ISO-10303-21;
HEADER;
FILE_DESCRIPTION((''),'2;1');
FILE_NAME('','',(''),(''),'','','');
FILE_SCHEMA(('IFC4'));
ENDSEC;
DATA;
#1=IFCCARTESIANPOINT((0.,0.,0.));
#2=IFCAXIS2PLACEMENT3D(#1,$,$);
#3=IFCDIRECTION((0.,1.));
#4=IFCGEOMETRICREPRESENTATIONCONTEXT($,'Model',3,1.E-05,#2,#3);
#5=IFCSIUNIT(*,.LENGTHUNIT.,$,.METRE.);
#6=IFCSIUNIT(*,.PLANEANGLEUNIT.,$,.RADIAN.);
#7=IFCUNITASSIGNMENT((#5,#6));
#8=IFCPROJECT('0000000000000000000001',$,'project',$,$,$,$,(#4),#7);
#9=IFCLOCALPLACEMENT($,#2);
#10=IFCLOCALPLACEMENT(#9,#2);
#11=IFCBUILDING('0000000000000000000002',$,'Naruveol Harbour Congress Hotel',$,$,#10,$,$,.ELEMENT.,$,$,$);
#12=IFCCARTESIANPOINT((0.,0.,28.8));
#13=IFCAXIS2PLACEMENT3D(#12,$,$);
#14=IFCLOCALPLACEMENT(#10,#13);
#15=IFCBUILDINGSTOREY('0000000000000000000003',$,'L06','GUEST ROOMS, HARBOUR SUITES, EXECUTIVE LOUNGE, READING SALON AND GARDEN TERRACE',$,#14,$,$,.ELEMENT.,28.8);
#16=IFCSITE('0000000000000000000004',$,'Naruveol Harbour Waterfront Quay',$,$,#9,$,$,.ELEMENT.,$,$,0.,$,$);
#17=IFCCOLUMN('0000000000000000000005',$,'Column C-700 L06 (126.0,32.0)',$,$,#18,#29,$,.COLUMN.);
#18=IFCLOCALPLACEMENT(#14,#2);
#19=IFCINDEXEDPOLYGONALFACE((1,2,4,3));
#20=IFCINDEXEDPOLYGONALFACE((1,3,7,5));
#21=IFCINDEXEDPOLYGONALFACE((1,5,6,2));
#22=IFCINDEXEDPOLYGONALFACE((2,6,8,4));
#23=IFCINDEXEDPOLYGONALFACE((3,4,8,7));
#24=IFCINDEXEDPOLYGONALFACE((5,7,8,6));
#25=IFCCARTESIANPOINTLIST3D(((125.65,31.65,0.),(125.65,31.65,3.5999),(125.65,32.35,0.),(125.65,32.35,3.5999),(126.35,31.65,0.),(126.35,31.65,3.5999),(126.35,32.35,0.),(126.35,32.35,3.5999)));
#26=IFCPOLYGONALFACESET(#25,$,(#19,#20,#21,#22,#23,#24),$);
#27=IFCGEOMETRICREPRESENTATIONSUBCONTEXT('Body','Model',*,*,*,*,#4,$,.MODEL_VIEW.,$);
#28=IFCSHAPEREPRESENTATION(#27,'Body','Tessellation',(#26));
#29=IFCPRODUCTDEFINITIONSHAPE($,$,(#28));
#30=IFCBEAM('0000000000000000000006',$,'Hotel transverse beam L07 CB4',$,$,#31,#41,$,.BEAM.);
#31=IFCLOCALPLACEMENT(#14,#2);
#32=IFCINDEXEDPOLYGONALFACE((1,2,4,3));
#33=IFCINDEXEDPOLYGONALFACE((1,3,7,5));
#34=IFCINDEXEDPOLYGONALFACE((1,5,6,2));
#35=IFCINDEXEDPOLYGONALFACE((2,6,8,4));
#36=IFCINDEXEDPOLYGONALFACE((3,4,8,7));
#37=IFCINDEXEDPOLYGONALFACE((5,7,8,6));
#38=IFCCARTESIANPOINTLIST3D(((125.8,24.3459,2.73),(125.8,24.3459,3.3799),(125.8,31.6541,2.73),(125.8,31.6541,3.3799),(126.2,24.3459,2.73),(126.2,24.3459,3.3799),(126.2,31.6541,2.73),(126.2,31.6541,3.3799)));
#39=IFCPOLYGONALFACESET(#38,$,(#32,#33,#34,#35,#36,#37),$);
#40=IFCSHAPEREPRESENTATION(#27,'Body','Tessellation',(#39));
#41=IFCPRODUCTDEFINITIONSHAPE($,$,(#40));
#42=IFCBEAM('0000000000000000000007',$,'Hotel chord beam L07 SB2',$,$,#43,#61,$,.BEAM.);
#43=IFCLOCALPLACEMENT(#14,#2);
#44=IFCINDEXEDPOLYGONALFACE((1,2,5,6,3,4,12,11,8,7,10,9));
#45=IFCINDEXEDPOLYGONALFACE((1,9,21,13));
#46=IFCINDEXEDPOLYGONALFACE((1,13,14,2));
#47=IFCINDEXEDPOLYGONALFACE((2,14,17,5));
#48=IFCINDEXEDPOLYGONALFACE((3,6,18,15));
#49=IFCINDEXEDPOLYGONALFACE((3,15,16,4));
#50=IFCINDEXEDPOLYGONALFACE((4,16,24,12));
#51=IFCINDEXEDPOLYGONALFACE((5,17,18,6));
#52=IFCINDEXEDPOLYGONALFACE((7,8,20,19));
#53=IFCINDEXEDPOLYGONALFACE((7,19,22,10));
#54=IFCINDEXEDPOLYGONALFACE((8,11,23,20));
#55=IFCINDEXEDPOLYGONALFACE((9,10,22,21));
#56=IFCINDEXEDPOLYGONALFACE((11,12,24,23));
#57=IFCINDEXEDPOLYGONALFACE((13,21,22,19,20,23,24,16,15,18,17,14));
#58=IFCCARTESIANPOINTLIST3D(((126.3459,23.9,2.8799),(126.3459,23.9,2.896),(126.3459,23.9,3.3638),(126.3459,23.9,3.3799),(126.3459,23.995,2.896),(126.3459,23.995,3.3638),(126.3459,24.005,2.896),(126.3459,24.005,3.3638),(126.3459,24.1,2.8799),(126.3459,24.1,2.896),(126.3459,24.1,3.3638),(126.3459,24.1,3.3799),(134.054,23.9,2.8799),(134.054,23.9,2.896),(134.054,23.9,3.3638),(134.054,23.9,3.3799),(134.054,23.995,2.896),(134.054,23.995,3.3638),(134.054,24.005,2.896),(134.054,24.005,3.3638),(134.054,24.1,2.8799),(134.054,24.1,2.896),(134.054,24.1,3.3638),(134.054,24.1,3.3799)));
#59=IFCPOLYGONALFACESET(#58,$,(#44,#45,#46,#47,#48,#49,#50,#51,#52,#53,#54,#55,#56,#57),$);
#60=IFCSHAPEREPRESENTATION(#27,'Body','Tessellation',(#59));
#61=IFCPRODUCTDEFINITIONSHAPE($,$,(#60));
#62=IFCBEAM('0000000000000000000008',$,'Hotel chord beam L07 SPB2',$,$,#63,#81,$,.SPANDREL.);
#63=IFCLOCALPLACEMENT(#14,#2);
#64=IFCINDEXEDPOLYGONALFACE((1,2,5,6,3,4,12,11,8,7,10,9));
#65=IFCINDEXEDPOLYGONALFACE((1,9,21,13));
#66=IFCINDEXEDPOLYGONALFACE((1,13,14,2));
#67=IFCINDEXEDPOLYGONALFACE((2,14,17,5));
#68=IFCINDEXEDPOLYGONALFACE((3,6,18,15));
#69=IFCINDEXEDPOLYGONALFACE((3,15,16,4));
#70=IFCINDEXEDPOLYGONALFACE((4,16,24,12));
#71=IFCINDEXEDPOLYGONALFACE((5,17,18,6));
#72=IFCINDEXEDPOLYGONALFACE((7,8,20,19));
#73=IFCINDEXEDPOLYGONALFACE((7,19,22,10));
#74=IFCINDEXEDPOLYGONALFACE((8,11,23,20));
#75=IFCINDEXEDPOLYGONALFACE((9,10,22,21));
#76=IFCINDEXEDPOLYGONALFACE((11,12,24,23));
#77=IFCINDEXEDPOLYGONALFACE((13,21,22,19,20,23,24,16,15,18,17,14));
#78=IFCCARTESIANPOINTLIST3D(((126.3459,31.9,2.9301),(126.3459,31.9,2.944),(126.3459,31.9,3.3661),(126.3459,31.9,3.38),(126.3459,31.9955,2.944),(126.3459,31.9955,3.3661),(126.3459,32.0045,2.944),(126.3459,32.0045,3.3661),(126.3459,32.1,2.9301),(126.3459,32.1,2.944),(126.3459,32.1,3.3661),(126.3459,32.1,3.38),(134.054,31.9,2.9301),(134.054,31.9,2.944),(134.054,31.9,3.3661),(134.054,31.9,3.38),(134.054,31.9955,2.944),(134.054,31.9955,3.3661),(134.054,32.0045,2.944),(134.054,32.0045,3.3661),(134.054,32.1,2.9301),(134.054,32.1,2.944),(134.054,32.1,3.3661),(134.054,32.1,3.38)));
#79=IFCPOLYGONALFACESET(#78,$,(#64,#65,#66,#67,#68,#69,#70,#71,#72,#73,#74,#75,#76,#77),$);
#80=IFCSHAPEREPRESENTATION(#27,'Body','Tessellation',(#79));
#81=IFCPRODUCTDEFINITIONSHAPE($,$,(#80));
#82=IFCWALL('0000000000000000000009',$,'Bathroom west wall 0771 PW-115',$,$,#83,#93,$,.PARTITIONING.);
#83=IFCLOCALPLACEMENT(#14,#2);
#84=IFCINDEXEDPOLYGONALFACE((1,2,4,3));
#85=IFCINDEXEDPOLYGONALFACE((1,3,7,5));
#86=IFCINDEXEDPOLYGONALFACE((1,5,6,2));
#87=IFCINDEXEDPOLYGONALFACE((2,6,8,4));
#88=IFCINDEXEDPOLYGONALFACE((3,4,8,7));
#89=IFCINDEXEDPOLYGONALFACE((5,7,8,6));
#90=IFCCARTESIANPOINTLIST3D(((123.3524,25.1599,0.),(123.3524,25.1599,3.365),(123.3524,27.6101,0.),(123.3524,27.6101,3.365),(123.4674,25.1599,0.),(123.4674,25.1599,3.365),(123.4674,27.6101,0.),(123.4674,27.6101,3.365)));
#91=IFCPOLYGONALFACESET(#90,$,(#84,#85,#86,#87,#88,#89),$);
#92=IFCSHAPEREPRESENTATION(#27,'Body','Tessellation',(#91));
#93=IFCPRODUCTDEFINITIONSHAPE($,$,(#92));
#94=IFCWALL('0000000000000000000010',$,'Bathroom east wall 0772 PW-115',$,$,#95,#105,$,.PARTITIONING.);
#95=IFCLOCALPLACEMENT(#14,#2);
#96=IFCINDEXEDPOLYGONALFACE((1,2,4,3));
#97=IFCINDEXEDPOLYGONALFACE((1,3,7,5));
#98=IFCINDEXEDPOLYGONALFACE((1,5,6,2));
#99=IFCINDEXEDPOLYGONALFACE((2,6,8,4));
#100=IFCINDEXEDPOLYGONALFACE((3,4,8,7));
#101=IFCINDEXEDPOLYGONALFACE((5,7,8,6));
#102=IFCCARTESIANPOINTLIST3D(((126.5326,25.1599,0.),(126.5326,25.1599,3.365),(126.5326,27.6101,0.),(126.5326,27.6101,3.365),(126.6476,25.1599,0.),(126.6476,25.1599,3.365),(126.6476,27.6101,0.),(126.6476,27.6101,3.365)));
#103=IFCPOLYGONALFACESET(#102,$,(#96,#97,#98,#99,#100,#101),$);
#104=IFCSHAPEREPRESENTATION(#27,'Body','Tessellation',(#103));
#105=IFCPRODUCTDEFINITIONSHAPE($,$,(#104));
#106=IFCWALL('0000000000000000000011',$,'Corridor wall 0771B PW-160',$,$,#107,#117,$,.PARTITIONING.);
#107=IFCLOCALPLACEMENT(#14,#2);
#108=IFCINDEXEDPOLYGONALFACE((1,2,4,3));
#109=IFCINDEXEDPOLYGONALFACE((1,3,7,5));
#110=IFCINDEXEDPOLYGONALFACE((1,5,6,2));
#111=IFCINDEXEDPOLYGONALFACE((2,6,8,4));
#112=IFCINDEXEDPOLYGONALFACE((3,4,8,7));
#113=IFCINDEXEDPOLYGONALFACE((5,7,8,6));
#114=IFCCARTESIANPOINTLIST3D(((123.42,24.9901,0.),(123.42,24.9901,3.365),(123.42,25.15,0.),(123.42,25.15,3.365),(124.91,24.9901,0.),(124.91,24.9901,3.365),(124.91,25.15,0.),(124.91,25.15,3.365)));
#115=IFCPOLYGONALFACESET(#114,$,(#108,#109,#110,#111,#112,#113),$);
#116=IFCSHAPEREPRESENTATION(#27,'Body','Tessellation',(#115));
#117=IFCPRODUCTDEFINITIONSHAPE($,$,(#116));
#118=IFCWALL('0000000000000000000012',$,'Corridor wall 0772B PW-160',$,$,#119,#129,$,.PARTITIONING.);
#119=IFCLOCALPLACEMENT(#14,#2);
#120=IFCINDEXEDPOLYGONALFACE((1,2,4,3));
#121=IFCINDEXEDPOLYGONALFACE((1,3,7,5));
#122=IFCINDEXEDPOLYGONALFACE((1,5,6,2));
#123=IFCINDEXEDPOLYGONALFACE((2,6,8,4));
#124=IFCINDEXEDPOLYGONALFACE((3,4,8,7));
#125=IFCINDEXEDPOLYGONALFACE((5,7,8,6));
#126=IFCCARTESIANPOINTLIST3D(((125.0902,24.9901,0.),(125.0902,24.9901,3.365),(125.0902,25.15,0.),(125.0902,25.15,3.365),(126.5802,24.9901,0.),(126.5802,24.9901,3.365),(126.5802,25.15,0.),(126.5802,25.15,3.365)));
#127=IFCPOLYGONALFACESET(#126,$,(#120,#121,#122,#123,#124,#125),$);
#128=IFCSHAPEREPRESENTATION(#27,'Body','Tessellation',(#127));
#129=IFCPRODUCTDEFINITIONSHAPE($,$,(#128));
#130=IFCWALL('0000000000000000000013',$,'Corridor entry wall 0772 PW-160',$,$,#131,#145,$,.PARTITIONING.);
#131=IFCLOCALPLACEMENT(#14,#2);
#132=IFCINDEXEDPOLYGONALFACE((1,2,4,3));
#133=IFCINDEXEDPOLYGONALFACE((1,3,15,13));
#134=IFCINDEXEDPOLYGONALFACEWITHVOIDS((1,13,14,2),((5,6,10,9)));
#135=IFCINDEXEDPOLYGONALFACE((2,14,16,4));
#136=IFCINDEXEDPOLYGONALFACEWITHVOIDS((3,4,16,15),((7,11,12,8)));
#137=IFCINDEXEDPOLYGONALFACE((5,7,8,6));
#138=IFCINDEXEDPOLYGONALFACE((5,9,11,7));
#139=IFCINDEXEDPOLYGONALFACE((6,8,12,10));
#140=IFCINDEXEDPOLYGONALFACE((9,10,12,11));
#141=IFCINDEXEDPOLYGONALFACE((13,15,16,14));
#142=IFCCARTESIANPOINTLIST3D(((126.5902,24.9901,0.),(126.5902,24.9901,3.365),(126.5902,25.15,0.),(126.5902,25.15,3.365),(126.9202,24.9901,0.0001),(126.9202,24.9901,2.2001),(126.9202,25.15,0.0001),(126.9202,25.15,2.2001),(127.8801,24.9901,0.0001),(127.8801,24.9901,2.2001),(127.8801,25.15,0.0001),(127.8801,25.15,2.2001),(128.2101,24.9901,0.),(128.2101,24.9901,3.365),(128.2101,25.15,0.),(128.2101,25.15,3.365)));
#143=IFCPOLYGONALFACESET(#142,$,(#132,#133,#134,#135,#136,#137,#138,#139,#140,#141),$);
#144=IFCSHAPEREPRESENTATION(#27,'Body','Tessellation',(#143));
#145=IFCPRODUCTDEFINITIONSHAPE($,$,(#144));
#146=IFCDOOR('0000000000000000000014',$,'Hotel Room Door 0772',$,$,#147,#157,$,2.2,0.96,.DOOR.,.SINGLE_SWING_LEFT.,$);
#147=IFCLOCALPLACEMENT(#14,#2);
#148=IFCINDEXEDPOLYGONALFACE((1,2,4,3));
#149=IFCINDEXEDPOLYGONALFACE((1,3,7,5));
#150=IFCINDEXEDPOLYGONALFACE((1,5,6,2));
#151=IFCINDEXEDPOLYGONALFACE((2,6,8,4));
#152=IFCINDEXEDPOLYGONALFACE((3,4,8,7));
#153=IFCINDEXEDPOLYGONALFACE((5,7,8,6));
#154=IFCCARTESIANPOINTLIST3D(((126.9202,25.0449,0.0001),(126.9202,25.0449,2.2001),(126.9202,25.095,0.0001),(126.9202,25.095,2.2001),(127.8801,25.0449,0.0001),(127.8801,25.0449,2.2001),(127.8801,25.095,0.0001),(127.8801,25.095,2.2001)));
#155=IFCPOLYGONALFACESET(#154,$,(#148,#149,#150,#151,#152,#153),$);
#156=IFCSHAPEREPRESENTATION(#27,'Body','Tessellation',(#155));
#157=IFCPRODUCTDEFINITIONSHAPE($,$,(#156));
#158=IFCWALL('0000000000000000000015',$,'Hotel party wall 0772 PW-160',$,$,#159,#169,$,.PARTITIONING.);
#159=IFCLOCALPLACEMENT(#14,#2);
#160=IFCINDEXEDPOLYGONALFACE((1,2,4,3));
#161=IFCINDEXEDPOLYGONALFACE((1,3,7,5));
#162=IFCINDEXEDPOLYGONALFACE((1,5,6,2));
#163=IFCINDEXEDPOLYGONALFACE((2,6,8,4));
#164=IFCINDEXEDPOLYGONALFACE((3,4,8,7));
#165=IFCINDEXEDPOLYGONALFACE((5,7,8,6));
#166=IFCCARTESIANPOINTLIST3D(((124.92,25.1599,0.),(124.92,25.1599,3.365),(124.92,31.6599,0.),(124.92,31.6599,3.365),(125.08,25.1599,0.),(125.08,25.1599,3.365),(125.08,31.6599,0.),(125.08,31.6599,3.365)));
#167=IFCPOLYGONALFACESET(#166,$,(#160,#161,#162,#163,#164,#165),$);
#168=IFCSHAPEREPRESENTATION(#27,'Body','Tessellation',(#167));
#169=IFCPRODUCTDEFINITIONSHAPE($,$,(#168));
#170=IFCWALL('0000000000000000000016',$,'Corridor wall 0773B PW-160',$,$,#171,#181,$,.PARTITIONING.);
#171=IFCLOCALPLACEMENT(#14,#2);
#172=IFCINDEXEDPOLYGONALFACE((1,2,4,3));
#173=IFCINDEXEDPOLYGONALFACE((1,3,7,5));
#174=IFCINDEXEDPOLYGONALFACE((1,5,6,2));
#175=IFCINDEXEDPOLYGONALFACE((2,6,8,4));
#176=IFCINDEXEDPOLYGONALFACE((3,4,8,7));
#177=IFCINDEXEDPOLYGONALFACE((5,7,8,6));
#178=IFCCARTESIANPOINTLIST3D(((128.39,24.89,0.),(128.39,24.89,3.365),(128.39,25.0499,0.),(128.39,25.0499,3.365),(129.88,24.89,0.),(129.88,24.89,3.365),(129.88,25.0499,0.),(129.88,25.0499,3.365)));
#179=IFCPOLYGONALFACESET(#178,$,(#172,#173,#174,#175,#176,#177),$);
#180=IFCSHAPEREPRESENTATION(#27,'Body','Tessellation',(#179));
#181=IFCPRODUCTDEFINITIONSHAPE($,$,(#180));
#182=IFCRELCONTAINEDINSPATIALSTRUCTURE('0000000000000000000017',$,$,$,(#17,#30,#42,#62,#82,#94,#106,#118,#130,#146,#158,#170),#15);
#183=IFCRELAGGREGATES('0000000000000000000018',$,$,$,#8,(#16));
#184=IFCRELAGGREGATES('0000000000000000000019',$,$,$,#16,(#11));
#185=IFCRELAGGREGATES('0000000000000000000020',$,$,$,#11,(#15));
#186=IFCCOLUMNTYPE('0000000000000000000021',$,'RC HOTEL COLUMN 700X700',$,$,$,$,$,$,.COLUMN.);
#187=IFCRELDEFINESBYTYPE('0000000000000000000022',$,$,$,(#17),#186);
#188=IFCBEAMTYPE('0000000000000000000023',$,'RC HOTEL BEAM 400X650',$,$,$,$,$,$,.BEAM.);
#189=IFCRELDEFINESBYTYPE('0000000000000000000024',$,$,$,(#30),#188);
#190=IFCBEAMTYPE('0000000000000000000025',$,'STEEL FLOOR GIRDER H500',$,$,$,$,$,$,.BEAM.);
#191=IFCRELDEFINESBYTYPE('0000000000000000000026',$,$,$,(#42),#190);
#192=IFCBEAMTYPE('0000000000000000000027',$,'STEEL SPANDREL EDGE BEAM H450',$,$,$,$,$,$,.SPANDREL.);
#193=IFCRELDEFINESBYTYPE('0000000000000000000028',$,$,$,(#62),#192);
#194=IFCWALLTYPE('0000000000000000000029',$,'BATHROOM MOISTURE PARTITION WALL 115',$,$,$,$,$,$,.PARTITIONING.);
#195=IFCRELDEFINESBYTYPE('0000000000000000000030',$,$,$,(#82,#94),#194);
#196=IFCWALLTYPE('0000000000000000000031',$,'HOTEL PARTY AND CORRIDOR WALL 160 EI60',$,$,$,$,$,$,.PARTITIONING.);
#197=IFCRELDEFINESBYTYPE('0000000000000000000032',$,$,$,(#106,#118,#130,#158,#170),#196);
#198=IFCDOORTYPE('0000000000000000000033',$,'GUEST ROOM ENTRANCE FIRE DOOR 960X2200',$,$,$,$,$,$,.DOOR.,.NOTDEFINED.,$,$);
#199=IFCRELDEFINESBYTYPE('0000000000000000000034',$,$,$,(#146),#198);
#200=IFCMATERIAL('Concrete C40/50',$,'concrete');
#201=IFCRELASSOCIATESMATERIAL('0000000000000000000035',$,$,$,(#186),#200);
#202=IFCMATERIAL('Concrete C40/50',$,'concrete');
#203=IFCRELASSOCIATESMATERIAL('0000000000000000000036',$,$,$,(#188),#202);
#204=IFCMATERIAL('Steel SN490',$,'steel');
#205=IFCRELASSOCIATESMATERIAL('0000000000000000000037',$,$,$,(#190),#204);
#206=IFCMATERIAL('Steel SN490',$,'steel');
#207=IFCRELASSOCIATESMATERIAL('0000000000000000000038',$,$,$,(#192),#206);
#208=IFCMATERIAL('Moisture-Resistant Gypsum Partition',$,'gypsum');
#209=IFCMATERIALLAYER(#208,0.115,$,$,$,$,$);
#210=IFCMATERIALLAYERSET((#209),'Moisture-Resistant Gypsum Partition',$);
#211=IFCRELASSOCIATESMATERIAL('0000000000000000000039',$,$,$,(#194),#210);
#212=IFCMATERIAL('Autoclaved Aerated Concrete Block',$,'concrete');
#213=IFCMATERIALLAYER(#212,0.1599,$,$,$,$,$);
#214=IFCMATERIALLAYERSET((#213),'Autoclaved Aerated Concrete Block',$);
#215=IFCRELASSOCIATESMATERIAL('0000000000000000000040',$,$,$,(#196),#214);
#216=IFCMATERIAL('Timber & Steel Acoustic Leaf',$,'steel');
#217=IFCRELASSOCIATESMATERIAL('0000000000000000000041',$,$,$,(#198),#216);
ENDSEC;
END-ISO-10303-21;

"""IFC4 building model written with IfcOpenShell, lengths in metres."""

from ifc_helpers import new_model, si_unit, direction, frame, frame_2d, origin, origin_2d, place, context, subcontext, project, spatial, rectangle, i_section, extrude, material, layer, layer_set, material_profile, profile_set, type_object, element, fill, save


model = new_model("IFC4")

# Units and contexts
model_context = context("Model", 3, precision=1e-05, world=origin(), true_north=direction((0.0, 1.0)))
body_context = subcontext(model_context, "Body", "Model", "MODEL_VIEW")
ifc_project = project(units=[si_unit("LENGTHUNIT", "METRE"), si_unit("PLANEANGLEUNIT", "RADIAN")], contexts=[model_context])

# Site, building, storey
site_placement = place(None, origin())
site = spatial("IfcSite", under=ifc_project, at=site_placement, Name="Naruveol Harbour Waterfront Quay", CompositionType="ELEMENT", RefElevation=0.0)
building_placement = place(site_placement, origin())
building = spatial("IfcBuilding", under=site, at=building_placement, Name="Naruveol Harbour Congress Hotel", CompositionType="ELEMENT")
storey_placement = place(building_placement, frame((0.0, 0.0, 28.8)))
storey = spatial("IfcBuildingStorey", under=building, at=storey_placement, Name="L06", Description="GUEST ROOMS, HARBOUR SUITES, EXECUTIVE LOUNGE, READING SALON AND GARDEN TERRACE", CompositionType="ELEMENT", Elevation=28.8)

# Column
ifc_material_1 = material(Name="Concrete C40/50", Category="concrete")
ifc_material_profile_1 = material_profile(ifc_material_1, rectangle(XDim=0.7, YDim=0.7, at=origin_2d()), Name="RC-700x700")
ifc_profile_set_1 = profile_set([ifc_material_profile_1], Name="Concrete C40/50")
column_type = type_object("IfcColumnType", Name="RC HOTEL COLUMN 700X700", PredefinedType="COLUMN", material=ifc_profile_set_1)
column_placement = place(storey_placement, frame((126.0, 32.0, 0.0), z_axis=(0.0, 0.0, 1.0), x_axis=(1.0, 0.0, 0.0)))
element("IfcColumn", 1, at=column_placement, inside=storey, type_object=column_type, Name="Column C-700 L06 (126.0,32.0)", PredefinedType="COLUMN", context=body_context, shape_type="SweptSolid", body=[
    extrude(rectangle(XDim=0.7, YDim=0.7, at=origin_2d()), origin(), (0.0, 0.0, 1.0), 3.5999),
])

# Beams
ifc_material_2 = material(Name="Concrete C40/50", Category="concrete")
ifc_material_profile_2 = material_profile(ifc_material_2, rectangle(XDim=0.3999, YDim=0.6499, at=origin_2d()), Name="RCB-400x650")
ifc_profile_set_2 = profile_set([ifc_material_profile_2], Name="Concrete C40/50")
beam_type_1 = type_object("IfcBeamType", Name="RC HOTEL BEAM 400X650", PredefinedType="BEAM", material=ifc_profile_set_2)
beam_1_placement = place(storey_placement, frame((126.0, 24.3459, 3.0549), z_axis=(0.0, 1.0, 0.0), x_axis=(-1.0, 0.0, 0.0)))
element("IfcBeam", 2, at=beam_1_placement, inside=storey, type_object=beam_type_1, Name="Hotel transverse beam L07 CB4", PredefinedType="BEAM", context=body_context, shape_type="SweptSolid", body=[
    extrude(rectangle(XDim=0.3999, YDim=0.6499, at=origin_2d()), origin(), (0.0, 0.0, 1.0), 7.3081),
])
ifc_material_3 = material(Name="Steel SN490", Category="steel")
ifc_material_profile_3 = material_profile(ifc_material_3, i_section(OverallWidth=0.2, OverallDepth=0.5, WebThickness=0.01, FlangeThickness=0.0161, at=origin_2d()), Name="H-500x200x10x16")
ifc_profile_set_3 = profile_set([ifc_material_profile_3], Name="Steel SN490")
beam_type_2 = type_object("IfcBeamType", Name="STEEL FLOOR GIRDER H500", PredefinedType="BEAM", material=ifc_profile_set_3)
beam_2_placement = place(storey_placement, frame((126.3459, 24.0, 3.1299), z_axis=(1.0, 0.0, 0.0), x_axis=(0.0, 1.0, 0.0)))
element("IfcBeam", 3, at=beam_2_placement, inside=storey, type_object=beam_type_2, Name="Hotel chord beam L07 SB2", PredefinedType="BEAM", context=body_context, shape_type="SweptSolid", body=[
    extrude(i_section(OverallWidth=0.2, OverallDepth=0.5, WebThickness=0.01, FlangeThickness=0.0161, at=origin_2d()), origin(), (0.0, 0.0, 1.0), 7.708),
])
ifc_material_4 = material(Name="Steel SN490", Category="steel")
ifc_material_profile_4 = material_profile(ifc_material_4, i_section(OverallWidth=0.2, OverallDepth=0.45, WebThickness=0.009, FlangeThickness=0.0139, at=origin_2d()), Name="H-450x200x9x14")
ifc_profile_set_4 = profile_set([ifc_material_profile_4], Name="Steel SN490")
beam_type_3 = type_object("IfcBeamType", Name="STEEL SPANDREL EDGE BEAM H450", PredefinedType="SPANDREL", material=ifc_profile_set_4)
beam_3_placement = place(storey_placement, frame((126.3459, 32.0, 3.155), z_axis=(1.0, 0.0, 0.0), x_axis=(0.0, 1.0, 0.0)))
element("IfcBeam", 4, at=beam_3_placement, inside=storey, type_object=beam_type_3, Name="Hotel chord beam L07 SPB2", PredefinedType="SPANDREL", context=body_context, shape_type="SweptSolid", body=[
    extrude(i_section(OverallWidth=0.2, OverallDepth=0.45, WebThickness=0.009, FlangeThickness=0.0139, at=origin_2d()), origin(), (0.0, 0.0, 1.0), 7.708),
])

# Wall
ifc_material_5 = material(Name="Moisture-Resistant Gypsum Partition", Category="gypsum")
ifc_layer_1 = layer(ifc_material_5, 0.115)
ifc_layer_set_1 = layer_set([ifc_layer_1], Name="Moisture-Resistant Gypsum Partition")
wall_type_1 = type_object("IfcWallType", Name="BATHROOM MOISTURE PARTITION WALL 115", PredefinedType="PARTITIONING", material=ifc_layer_set_1)
wall_1_placement = place(storey_placement, frame((123.4099, 25.1599, 0.0), z_axis=(0.0, 0.0, 1.0), x_axis=(0.0, 1.0, 0.0)))
element("IfcWall", 5, at=wall_1_placement, inside=storey, type_object=wall_type_1, Name="Bathroom west wall 0771 PW-115", PredefinedType="PARTITIONING", context=body_context, shape_type="SweptSolid", body=[
    extrude(rectangle(XDim=2.4502, YDim=0.115, at=frame_2d((1.2251, 0.0))), origin(), (0.0, 0.0, 1.0), 3.365),
])

# Wall
wall_2_placement = place(storey_placement, frame((126.5901, 25.1599, 0.0), z_axis=(0.0, 0.0, 1.0), x_axis=(0.0, 1.0, 0.0)))
element("IfcWall", 6, at=wall_2_placement, inside=storey, type_object=wall_type_1, Name="Bathroom east wall 0772 PW-115", PredefinedType="PARTITIONING", context=body_context, shape_type="SweptSolid", body=[
    extrude(rectangle(XDim=2.4502, YDim=0.115, at=frame_2d((1.2251, 0.0))), origin(), (0.0, 0.0, 1.0), 3.365),
])

# Walls
ifc_material_6 = material(Name="Autoclaved Aerated Concrete Block", Category="concrete")
ifc_layer_2 = layer(ifc_material_6, 0.1599)
ifc_layer_set_2 = layer_set([ifc_layer_2], Name="Autoclaved Aerated Concrete Block")
wall_type_2 = type_object("IfcWallType", Name="HOTEL PARTY AND CORRIDOR WALL 160 EI60", PredefinedType="PARTITIONING", material=ifc_layer_set_2)
for number, where, z_axis, x_axis, name in (
    (7, (123.4199, 25.0701, 0.0), (0.0, 0.0, 1.0), (1.0, 0.0, 0.0), "Corridor wall 0771B PW-160"),
    (8, (125.0901, 25.0701, 0.0), (0.0, 0.0, 1.0), (1.0, 0.0, 0.0), "Corridor wall 0772B PW-160"),
):
    element("IfcWall", number, at=place(storey_placement, frame(where, z_axis=z_axis, x_axis=x_axis)), inside=storey, type_object=wall_type_2, Name=name, PredefinedType="PARTITIONING", context=body_context, shape_type="SweptSolid", body=[
        extrude(rectangle(XDim=1.49, YDim=0.1599, at=frame_2d((0.7451, 0.0))), origin(), (0.0, 0.0, 1.0), 3.365),
    ])

# Wall, opening, door
wall_3_placement = place(storey_placement, frame((126.5901, 25.0701, 0.0), z_axis=(0.0, 0.0, 1.0), x_axis=(1.0, 0.0, 0.0)))
wall_3 = element("IfcWall", 9, at=wall_3_placement, inside=storey, type_object=wall_type_2, Name="Corridor entry wall 0772 PW-160", PredefinedType="PARTITIONING", context=body_context, shape_type="SweptSolid", body=[
    extrude(rectangle(XDim=1.6199, YDim=0.1599, at=frame_2d((0.8101, 0.0))), origin(), (0.0, 0.0, 1.0), 3.365),
])
opening_1_placement = place(wall_3_placement, frame((0.3301, 0.0, 0.0)))
opening_1 = element("IfcOpeningElement", 10, at=opening_1_placement, cuts=wall_3, PredefinedType="OPENING", context=body_context, shape_type="SweptSolid", body=[
    extrude(rectangle(XDim=0.96, YDim=2.2, at=frame_2d((0.48, 1.1001))), frame((0.0, 0.0898, 0.0), z_axis=(0.0, -1.0, 0.0), x_axis=(1.0, 0.0, 0.0)), (0.0, 0.0, 1.0), 0.1799),
])
ifc_material_7 = material(Name="Timber & Steel Acoustic Leaf", Category="steel")
door_type_1 = type_object("IfcDoorType", Name="GUEST ROOM ENTRANCE FIRE DOOR 960X2200", OperationType="NOTDEFINED", PredefinedType="DOOR", material=ifc_material_7)
door_1_placement = place(opening_1_placement, origin())
door_1 = element("IfcDoor", 11, at=door_1_placement, inside=storey, type_object=door_type_1, Name="Hotel Room Door 0772", OperationType="SINGLE_SWING_LEFT", OverallHeight=2.2, OverallWidth=0.96, PredefinedType="DOOR", context=body_context, shape_type="SweptSolid", body=[
    extrude(rectangle(XDim=0.96, YDim=2.2, at=frame_2d((0.48, 1.1001))), frame((0.0, 0.0249, 0.0), z_axis=(0.0, -1.0, 0.0), x_axis=(1.0, 0.0, 0.0)), (0.0, 0.0, 1.0), 0.05),
])
fill(opening_1, door_1)

# Walls
wall_4_placement = place(storey_placement, frame((125.0, 25.1599, 0.0), z_axis=(0.0, 0.0, 1.0), x_axis=(0.0, 1.0, 0.0)))
element("IfcWall", 12, at=wall_4_placement, inside=storey, type_object=wall_type_2, Name="Hotel party wall 0772 PW-160", PredefinedType="PARTITIONING", context=body_context, shape_type="SweptSolid", body=[
    extrude(rectangle(XDim=6.5, YDim=0.1599, at=frame_2d((3.25, 0.0))), origin(), (0.0, 0.0, 1.0), 3.365),
])
wall_5_placement = place(storey_placement, frame((128.3899, 24.97, 0.0), z_axis=(0.0, 0.0, 1.0), x_axis=(1.0, 0.0, 0.0)))
element("IfcWall", 13, at=wall_5_placement, inside=storey, type_object=wall_type_2, Name="Corridor wall 0773B PW-160", PredefinedType="PARTITIONING", context=body_context, shape_type="SweptSolid", body=[
    extrude(rectangle(XDim=1.49, YDim=0.1599, at=frame_2d((0.7451, 0.0))), origin(), (0.0, 0.0, 1.0), 3.365),
])

save(model, "model.ifc")
